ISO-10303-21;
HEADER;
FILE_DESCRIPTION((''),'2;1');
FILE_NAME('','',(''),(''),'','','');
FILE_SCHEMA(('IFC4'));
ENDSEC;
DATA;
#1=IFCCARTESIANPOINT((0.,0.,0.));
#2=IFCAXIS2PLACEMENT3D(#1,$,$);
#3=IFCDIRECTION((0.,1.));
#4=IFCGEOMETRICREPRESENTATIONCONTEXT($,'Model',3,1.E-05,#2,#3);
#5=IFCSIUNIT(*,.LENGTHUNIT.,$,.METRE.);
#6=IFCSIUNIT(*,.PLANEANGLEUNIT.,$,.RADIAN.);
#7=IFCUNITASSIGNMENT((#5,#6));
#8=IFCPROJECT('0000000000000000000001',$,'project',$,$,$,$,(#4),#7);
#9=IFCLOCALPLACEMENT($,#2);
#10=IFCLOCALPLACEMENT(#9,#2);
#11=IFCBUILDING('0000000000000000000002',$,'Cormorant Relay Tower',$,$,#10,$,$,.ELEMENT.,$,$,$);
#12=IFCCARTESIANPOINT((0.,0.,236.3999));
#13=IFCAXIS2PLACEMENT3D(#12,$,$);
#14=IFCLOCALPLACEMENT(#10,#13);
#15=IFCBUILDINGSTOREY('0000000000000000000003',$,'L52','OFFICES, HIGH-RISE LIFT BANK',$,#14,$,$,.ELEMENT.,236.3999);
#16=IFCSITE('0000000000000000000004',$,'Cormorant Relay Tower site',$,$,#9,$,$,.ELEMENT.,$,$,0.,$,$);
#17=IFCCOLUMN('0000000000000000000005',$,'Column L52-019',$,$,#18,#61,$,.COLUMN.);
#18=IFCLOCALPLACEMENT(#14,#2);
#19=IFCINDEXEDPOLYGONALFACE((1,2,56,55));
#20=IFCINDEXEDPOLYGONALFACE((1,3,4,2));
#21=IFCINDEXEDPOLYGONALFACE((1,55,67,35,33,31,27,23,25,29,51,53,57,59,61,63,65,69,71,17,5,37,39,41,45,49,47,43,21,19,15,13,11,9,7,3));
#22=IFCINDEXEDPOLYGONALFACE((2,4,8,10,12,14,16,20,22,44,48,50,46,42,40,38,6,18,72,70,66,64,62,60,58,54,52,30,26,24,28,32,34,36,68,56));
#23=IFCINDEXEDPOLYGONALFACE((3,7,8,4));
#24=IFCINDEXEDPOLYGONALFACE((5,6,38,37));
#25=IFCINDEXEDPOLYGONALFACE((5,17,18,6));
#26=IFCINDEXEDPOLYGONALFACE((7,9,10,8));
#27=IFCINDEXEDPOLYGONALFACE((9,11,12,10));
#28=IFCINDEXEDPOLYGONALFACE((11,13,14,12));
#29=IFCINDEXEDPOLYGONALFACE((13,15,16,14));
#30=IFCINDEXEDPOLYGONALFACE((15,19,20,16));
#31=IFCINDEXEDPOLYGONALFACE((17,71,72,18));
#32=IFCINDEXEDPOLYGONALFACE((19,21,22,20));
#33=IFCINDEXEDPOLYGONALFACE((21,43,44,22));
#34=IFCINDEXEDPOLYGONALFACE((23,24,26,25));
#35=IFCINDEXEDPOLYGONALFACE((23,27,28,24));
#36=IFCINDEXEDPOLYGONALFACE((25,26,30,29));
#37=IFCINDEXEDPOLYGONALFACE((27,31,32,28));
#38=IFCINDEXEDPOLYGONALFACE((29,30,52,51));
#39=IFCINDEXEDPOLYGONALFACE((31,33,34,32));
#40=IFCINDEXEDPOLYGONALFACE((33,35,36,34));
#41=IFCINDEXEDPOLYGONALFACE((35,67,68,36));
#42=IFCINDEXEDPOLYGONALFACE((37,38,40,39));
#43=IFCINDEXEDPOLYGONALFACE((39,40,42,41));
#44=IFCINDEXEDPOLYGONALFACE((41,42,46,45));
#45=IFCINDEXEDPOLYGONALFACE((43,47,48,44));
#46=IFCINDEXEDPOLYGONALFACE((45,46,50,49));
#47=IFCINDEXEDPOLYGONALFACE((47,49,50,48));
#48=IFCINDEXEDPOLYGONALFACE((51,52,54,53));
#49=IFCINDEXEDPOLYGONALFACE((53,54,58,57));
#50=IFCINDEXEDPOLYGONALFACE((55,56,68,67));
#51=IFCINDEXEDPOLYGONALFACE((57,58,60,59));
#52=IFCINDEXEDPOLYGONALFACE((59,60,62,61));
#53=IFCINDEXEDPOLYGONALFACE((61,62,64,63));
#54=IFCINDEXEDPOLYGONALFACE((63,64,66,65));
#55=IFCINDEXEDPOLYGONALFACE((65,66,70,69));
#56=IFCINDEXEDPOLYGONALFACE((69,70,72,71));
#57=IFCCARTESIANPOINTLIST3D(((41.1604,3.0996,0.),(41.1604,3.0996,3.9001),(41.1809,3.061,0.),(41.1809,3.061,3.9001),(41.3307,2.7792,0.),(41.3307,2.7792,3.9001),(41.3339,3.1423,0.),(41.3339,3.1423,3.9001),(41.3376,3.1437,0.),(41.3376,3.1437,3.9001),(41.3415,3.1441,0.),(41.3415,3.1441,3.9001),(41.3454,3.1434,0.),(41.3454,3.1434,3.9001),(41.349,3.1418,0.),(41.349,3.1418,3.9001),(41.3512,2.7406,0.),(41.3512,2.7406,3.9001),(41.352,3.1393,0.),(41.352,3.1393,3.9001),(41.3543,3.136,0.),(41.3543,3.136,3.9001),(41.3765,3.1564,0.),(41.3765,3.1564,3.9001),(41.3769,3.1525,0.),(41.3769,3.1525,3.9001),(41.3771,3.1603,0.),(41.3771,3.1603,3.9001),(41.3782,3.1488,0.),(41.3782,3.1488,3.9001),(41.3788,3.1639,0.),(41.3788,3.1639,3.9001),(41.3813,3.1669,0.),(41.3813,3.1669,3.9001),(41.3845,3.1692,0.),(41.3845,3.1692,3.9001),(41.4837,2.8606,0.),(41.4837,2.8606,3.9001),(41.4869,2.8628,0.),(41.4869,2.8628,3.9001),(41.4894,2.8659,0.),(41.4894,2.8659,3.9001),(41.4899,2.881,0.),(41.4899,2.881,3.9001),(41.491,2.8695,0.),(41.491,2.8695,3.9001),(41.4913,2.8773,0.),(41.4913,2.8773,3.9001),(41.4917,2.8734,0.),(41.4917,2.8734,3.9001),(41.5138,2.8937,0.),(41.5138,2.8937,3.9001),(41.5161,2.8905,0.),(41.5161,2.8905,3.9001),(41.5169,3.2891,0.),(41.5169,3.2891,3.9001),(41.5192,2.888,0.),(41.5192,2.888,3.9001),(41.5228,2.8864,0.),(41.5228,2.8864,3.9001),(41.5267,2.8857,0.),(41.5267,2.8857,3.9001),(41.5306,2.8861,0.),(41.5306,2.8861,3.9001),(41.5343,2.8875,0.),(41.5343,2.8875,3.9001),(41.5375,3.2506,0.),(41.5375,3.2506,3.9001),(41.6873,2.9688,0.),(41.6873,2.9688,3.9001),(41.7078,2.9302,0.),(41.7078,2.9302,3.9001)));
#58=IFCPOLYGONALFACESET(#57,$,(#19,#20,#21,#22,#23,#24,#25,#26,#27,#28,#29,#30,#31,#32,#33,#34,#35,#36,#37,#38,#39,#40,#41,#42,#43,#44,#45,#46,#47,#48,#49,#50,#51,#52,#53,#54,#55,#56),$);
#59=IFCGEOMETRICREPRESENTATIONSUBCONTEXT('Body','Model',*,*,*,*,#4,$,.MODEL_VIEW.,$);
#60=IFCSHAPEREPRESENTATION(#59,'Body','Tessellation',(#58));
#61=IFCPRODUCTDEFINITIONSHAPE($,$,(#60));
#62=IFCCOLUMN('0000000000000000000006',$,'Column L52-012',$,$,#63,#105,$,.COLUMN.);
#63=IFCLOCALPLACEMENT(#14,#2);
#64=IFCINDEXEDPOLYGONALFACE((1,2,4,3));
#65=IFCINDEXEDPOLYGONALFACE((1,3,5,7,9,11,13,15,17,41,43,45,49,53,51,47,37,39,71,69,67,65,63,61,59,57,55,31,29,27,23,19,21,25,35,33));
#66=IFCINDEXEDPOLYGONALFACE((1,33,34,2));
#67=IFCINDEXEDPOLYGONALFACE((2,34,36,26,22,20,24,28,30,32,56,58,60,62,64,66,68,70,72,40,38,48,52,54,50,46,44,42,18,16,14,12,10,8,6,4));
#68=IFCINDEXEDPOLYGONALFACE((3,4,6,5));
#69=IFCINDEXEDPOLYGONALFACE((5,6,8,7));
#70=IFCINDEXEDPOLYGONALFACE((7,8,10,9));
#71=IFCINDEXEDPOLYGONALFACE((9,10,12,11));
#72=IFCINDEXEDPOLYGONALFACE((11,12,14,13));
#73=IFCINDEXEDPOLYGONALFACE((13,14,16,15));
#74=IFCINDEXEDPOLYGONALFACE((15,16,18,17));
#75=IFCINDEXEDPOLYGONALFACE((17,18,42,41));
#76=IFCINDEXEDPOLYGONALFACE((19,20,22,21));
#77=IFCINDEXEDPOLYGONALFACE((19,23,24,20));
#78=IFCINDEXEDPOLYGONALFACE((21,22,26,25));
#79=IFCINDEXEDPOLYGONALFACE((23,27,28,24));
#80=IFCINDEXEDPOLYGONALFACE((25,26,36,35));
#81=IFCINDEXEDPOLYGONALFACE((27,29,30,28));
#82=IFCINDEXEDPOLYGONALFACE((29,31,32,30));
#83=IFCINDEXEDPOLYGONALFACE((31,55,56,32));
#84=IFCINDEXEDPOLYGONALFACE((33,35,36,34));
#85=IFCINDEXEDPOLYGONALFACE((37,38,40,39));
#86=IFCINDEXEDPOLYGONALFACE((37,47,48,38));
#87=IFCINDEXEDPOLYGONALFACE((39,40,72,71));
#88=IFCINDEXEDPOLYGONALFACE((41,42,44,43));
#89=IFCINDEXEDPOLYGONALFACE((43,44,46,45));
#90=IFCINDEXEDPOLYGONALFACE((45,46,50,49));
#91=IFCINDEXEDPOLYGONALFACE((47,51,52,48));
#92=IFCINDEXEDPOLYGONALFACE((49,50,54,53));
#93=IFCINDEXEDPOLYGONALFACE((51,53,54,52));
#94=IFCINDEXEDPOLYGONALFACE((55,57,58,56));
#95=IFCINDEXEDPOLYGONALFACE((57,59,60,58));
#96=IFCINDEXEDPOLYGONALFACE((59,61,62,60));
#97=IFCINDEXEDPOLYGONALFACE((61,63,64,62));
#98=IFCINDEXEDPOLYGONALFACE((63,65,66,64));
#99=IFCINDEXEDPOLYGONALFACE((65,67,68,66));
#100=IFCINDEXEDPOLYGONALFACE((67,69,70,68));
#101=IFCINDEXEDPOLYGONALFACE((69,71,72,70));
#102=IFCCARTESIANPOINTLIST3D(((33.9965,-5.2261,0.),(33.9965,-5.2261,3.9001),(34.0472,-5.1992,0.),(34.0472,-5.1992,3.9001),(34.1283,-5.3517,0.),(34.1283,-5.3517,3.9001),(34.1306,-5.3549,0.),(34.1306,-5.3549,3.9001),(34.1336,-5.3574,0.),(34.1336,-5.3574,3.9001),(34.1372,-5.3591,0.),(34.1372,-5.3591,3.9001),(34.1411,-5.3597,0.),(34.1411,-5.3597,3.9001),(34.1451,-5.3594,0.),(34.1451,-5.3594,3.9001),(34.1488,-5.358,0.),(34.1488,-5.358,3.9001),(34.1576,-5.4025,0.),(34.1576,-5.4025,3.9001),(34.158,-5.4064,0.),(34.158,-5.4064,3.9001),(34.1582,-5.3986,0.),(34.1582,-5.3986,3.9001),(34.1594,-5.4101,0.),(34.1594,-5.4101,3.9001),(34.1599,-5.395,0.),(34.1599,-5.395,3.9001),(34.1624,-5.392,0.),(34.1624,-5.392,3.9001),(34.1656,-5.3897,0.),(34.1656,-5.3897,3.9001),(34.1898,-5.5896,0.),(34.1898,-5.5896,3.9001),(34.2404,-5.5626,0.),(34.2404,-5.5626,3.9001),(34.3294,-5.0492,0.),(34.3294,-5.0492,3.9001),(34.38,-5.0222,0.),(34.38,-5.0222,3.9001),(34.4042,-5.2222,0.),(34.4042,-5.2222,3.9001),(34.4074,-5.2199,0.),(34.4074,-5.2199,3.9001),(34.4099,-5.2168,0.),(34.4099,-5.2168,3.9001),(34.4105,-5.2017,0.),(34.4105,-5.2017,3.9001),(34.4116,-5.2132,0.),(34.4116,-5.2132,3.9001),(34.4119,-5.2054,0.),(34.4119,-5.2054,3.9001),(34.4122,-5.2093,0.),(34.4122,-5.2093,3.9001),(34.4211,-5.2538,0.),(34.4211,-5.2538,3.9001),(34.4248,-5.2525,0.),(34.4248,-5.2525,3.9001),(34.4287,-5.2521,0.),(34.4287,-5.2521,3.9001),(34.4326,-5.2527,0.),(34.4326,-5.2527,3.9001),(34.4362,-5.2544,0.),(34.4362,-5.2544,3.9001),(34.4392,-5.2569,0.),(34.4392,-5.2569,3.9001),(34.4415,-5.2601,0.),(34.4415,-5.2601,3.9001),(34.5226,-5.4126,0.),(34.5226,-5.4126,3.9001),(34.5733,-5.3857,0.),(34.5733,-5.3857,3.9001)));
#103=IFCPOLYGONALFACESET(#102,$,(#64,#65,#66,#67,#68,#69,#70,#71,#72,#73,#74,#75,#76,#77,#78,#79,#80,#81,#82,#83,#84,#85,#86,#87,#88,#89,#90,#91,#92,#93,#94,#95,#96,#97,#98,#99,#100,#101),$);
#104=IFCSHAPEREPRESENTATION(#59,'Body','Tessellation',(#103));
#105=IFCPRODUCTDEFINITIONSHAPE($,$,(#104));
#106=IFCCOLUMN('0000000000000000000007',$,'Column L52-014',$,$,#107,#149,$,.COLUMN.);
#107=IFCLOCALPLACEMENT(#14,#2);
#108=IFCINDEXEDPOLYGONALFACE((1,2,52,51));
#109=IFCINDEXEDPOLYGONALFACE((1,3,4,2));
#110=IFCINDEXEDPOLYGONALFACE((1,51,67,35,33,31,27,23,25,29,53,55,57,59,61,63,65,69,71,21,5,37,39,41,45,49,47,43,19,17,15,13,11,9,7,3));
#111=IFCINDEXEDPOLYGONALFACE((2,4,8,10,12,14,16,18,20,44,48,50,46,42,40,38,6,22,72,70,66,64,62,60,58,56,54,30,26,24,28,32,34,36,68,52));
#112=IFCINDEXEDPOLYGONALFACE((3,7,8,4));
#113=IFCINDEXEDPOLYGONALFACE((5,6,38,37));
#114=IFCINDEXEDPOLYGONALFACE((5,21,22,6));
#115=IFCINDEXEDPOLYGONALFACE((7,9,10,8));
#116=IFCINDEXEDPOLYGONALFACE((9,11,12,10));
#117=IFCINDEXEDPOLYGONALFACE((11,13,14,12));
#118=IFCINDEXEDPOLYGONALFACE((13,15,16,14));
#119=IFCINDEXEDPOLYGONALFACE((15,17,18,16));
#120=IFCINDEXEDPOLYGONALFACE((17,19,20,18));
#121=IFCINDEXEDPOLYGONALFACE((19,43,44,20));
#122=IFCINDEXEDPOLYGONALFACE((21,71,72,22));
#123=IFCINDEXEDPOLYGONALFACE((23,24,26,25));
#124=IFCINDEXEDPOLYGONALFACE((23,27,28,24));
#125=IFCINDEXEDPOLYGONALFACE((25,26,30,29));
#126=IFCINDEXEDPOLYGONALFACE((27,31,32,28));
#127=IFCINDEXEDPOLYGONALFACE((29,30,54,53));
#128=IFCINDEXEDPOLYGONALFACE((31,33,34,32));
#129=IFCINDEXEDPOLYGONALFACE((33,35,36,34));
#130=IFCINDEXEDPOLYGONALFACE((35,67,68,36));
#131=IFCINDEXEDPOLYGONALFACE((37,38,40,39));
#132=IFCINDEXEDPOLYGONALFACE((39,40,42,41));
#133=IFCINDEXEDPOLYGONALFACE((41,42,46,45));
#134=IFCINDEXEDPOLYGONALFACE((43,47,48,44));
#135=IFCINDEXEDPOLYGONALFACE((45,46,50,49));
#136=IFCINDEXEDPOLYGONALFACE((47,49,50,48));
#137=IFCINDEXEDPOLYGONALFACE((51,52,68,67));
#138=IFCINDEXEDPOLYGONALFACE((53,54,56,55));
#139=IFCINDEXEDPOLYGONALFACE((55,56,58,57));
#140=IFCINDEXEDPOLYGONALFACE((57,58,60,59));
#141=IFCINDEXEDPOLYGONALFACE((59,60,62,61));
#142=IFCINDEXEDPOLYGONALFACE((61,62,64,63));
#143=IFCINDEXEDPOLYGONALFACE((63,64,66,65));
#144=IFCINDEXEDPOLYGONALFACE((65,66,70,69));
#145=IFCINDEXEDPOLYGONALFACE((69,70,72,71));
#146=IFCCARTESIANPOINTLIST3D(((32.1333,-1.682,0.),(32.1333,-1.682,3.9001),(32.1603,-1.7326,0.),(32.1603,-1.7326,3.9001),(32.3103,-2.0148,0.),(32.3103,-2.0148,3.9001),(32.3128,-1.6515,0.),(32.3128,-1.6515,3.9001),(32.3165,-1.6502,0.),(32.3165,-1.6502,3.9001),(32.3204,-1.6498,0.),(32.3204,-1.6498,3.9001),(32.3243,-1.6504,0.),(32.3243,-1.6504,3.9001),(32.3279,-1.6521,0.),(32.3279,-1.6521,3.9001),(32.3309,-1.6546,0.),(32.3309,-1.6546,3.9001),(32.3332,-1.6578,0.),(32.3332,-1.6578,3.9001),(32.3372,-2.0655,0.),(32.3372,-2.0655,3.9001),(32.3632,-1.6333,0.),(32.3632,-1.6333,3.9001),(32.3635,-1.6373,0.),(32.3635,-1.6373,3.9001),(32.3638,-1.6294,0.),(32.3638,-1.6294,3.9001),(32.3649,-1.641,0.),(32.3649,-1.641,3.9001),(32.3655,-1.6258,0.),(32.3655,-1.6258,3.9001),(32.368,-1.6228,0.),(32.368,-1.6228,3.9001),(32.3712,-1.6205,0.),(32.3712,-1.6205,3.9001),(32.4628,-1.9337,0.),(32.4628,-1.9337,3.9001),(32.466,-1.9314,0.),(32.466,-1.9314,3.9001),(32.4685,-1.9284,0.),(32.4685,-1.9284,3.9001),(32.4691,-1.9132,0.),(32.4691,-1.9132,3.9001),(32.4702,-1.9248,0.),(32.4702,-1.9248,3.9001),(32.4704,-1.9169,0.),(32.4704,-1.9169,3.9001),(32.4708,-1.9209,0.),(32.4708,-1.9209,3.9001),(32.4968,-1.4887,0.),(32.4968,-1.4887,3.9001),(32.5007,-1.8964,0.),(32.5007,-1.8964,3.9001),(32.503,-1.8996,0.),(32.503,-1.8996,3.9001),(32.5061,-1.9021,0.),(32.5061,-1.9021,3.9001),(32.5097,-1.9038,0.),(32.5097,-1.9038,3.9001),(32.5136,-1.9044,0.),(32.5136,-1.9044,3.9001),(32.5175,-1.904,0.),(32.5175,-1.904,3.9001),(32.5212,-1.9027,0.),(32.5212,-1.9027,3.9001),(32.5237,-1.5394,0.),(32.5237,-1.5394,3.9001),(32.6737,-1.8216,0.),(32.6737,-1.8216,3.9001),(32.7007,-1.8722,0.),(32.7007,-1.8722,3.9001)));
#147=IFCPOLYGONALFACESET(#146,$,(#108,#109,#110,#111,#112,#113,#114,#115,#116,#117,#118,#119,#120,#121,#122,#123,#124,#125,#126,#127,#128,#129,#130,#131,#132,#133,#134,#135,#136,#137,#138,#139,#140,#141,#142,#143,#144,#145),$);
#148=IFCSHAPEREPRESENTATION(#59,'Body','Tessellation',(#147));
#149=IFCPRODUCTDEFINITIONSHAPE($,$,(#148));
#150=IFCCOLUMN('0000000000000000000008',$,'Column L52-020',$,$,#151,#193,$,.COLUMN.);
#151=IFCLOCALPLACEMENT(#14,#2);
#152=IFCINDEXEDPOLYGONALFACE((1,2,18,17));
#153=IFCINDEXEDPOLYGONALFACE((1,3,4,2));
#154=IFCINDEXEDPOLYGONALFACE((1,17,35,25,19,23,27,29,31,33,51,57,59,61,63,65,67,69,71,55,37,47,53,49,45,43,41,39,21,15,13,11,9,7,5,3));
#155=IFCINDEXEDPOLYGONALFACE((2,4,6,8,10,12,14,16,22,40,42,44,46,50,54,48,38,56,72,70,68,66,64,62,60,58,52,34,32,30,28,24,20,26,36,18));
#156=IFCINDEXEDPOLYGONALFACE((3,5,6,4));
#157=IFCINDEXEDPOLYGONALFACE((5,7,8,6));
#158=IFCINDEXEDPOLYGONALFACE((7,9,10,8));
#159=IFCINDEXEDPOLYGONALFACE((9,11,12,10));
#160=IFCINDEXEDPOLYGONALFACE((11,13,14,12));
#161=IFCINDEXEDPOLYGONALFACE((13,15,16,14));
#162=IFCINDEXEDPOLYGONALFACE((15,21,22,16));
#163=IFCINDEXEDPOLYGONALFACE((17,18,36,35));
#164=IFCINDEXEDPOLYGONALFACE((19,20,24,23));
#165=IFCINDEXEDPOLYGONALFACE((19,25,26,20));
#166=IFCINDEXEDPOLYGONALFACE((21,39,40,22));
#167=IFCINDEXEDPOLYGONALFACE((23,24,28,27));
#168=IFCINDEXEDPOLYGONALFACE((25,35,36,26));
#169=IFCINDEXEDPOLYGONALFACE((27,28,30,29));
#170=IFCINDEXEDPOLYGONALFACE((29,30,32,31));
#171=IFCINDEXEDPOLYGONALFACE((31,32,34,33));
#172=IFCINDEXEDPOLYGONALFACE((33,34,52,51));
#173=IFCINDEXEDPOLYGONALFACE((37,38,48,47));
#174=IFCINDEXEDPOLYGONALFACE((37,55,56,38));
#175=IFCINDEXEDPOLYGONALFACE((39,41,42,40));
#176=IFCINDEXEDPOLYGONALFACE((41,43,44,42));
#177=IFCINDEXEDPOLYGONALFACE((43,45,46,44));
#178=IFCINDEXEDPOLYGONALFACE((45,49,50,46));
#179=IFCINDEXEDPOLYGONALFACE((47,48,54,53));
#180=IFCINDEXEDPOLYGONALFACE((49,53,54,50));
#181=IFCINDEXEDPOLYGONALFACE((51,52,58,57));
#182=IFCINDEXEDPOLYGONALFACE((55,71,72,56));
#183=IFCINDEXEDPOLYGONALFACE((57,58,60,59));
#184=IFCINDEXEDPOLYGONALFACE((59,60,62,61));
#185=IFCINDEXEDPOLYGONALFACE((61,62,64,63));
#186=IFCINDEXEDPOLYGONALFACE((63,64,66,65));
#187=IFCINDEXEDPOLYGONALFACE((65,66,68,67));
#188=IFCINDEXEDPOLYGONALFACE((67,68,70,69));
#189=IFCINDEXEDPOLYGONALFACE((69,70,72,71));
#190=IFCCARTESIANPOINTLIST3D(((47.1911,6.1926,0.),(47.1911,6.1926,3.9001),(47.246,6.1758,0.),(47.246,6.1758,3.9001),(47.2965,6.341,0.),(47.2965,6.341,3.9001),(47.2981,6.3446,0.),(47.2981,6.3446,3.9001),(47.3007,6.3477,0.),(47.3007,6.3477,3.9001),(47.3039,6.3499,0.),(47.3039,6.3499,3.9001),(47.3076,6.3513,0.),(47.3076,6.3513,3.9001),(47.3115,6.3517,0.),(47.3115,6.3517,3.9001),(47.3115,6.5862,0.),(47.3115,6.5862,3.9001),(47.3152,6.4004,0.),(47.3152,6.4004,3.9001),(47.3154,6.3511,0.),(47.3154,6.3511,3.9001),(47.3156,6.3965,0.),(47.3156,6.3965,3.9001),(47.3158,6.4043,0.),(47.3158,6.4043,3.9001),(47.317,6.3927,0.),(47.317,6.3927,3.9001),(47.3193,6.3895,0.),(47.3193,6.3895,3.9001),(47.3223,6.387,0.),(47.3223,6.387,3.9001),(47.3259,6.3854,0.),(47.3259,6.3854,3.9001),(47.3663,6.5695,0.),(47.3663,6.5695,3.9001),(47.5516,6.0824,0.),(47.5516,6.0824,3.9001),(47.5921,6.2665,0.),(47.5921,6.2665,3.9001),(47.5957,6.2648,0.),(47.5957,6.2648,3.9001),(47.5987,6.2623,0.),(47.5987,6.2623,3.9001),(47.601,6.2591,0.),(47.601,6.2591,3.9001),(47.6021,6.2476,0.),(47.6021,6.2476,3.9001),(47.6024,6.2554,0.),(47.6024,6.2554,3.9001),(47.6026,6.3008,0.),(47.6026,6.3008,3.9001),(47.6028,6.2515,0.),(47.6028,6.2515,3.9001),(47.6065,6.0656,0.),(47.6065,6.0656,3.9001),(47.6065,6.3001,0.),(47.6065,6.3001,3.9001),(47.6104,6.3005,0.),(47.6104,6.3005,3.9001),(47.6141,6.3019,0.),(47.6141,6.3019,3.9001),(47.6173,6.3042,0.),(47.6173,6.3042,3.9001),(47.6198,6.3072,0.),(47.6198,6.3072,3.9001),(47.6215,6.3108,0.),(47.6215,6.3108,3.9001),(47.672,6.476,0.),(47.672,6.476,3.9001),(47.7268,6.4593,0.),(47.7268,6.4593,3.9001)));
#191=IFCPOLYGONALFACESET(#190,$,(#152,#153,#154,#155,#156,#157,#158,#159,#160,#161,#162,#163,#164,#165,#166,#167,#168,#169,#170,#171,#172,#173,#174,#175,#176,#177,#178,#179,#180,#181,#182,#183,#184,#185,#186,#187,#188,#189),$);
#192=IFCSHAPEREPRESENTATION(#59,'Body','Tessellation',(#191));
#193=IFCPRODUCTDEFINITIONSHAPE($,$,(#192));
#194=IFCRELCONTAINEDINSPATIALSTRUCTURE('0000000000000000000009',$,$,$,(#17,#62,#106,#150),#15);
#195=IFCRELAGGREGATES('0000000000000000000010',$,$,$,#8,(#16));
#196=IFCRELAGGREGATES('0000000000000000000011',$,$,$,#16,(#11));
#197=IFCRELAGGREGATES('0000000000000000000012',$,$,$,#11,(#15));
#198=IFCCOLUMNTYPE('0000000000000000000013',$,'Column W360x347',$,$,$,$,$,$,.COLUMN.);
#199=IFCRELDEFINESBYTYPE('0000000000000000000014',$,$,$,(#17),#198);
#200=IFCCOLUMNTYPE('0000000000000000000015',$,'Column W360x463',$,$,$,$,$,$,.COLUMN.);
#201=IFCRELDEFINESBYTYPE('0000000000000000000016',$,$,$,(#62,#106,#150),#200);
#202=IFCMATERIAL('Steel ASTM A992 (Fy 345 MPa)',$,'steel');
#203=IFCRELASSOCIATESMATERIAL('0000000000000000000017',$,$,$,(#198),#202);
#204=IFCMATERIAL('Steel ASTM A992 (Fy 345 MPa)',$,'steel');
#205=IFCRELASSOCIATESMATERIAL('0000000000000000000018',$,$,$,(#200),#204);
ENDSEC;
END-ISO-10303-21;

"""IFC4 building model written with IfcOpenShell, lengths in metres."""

from ifc_helpers import new_model, si_unit, direction, frame, origin, origin_2d, place, context, subcontext, project, spatial, i_section, extrude, material, material_profile, profile_set, type_object, element, save


model = new_model("IFC4")

# Units and contexts
model_context = context("Model", 3, precision=1e-05, world=origin(), true_north=direction((0.0, 1.0)))
body_context = subcontext(model_context, "Body", "Model", "MODEL_VIEW")
ifc_project = project(units=[si_unit("LENGTHUNIT", "METRE"), si_unit("PLANEANGLEUNIT", "RADIAN")], contexts=[model_context])

# Site, building, storey
site_placement = place(None, origin())
site = spatial("IfcSite", under=ifc_project, at=site_placement, Name="Cormorant Relay Tower site", CompositionType="ELEMENT", RefElevation=0.0)
building_placement = place(site_placement, origin())
building = spatial("IfcBuilding", under=site, at=building_placement, Name="Cormorant Relay Tower", CompositionType="ELEMENT")
storey_placement = place(building_placement, frame((0.0, 0.0, 236.3999)))
storey = spatial("IfcBuildingStorey", under=building, at=storey_placement, Name="L52", Description="OFFICES, HIGH-RISE LIFT BANK", CompositionType="ELEMENT", Elevation=236.3999)

# Columns
ifc_material_1 = material(Name="Steel ASTM A992 (Fy 345 MPa)", Category="steel")
ifc_material_profile_1 = material_profile(ifc_material_1, i_section(OverallWidth=0.4038, OverallDepth=0.4065, WebThickness=0.0271, FlangeThickness=0.0437, FilletRadius=0.0151, at=origin_2d()), Name="W360x347")
ifc_profile_set_1 = profile_set([ifc_material_profile_1], Name="Steel ASTM A992 (Fy 345 MPa)")
column_type_1 = type_object("IfcColumnType", Name="Column W360x347", PredefinedType="COLUMN", material=ifc_profile_set_1)
column_placement = place(storey_placement, frame((41.4341, 3.0149, 0.0), z_axis=(0.0, 0.0, 1.0), x_axis=(0.882948, 0.469472, 0.0)))
element("IfcColumn", 1, at=column_placement, inside=storey, type_object=column_type_1, Name="Column L52-019", PredefinedType="COLUMN", context=body_context, shape_type="SweptSolid", body=[
    extrude(i_section(OverallWidth=0.4038, OverallDepth=0.4065, WebThickness=0.0271, FlangeThickness=0.0437, FilletRadius=0.0151, at=origin_2d()), origin(), (0.0, 0.0, 1.0), 3.9001),
])
ifc_material_2 = material(Name="Steel ASTM A992 (Fy 345 MPa)", Category="steel")
ifc_material_profile_2 = material_profile(ifc_material_2, i_section(OverallWidth=0.4116, OverallDepth=0.4343, WebThickness=0.0359, FlangeThickness=0.0574, FilletRadius=0.0151, at=origin_2d()), Name="W360x463")
ifc_profile_set_2 = profile_set([ifc_material_profile_2], Name="Steel ASTM A992 (Fy 345 MPa)")
column_type_2 = type_object("IfcColumnType", Name="Column W360x463", PredefinedType="COLUMN", material=ifc_profile_set_2)
for number, where, z_axis, x_axis, name in (
    (2, (34.2849, -5.3059, 0.0), (0.0, 0.0, 1.0), (-0.469472, 0.882948, 0.0), "Column L52-012"),
    (3, (32.417, -1.7771, 0.0), (0.0, 0.0, 1.0), (0.882948, 0.469472, 0.0), "Column L52-014"),
    (4, (47.459, 6.3259, 0.0), (0.0, 0.0, 1.0), (0.292372, 0.956305, 0.0), "Column L52-020"),
):
    element("IfcColumn", number, at=place(storey_placement, frame(where, z_axis=z_axis, x_axis=x_axis)), inside=storey, type_object=column_type_2, Name=name, PredefinedType="COLUMN", context=body_context, shape_type="SweptSolid", body=[
        extrude(i_section(OverallWidth=0.4116, OverallDepth=0.4343, WebThickness=0.0359, FlangeThickness=0.0574, FilletRadius=0.0151, at=origin_2d()), origin(), (0.0, 0.0, 1.0), 3.9001),
    ])

save(model, "model.ifc")
